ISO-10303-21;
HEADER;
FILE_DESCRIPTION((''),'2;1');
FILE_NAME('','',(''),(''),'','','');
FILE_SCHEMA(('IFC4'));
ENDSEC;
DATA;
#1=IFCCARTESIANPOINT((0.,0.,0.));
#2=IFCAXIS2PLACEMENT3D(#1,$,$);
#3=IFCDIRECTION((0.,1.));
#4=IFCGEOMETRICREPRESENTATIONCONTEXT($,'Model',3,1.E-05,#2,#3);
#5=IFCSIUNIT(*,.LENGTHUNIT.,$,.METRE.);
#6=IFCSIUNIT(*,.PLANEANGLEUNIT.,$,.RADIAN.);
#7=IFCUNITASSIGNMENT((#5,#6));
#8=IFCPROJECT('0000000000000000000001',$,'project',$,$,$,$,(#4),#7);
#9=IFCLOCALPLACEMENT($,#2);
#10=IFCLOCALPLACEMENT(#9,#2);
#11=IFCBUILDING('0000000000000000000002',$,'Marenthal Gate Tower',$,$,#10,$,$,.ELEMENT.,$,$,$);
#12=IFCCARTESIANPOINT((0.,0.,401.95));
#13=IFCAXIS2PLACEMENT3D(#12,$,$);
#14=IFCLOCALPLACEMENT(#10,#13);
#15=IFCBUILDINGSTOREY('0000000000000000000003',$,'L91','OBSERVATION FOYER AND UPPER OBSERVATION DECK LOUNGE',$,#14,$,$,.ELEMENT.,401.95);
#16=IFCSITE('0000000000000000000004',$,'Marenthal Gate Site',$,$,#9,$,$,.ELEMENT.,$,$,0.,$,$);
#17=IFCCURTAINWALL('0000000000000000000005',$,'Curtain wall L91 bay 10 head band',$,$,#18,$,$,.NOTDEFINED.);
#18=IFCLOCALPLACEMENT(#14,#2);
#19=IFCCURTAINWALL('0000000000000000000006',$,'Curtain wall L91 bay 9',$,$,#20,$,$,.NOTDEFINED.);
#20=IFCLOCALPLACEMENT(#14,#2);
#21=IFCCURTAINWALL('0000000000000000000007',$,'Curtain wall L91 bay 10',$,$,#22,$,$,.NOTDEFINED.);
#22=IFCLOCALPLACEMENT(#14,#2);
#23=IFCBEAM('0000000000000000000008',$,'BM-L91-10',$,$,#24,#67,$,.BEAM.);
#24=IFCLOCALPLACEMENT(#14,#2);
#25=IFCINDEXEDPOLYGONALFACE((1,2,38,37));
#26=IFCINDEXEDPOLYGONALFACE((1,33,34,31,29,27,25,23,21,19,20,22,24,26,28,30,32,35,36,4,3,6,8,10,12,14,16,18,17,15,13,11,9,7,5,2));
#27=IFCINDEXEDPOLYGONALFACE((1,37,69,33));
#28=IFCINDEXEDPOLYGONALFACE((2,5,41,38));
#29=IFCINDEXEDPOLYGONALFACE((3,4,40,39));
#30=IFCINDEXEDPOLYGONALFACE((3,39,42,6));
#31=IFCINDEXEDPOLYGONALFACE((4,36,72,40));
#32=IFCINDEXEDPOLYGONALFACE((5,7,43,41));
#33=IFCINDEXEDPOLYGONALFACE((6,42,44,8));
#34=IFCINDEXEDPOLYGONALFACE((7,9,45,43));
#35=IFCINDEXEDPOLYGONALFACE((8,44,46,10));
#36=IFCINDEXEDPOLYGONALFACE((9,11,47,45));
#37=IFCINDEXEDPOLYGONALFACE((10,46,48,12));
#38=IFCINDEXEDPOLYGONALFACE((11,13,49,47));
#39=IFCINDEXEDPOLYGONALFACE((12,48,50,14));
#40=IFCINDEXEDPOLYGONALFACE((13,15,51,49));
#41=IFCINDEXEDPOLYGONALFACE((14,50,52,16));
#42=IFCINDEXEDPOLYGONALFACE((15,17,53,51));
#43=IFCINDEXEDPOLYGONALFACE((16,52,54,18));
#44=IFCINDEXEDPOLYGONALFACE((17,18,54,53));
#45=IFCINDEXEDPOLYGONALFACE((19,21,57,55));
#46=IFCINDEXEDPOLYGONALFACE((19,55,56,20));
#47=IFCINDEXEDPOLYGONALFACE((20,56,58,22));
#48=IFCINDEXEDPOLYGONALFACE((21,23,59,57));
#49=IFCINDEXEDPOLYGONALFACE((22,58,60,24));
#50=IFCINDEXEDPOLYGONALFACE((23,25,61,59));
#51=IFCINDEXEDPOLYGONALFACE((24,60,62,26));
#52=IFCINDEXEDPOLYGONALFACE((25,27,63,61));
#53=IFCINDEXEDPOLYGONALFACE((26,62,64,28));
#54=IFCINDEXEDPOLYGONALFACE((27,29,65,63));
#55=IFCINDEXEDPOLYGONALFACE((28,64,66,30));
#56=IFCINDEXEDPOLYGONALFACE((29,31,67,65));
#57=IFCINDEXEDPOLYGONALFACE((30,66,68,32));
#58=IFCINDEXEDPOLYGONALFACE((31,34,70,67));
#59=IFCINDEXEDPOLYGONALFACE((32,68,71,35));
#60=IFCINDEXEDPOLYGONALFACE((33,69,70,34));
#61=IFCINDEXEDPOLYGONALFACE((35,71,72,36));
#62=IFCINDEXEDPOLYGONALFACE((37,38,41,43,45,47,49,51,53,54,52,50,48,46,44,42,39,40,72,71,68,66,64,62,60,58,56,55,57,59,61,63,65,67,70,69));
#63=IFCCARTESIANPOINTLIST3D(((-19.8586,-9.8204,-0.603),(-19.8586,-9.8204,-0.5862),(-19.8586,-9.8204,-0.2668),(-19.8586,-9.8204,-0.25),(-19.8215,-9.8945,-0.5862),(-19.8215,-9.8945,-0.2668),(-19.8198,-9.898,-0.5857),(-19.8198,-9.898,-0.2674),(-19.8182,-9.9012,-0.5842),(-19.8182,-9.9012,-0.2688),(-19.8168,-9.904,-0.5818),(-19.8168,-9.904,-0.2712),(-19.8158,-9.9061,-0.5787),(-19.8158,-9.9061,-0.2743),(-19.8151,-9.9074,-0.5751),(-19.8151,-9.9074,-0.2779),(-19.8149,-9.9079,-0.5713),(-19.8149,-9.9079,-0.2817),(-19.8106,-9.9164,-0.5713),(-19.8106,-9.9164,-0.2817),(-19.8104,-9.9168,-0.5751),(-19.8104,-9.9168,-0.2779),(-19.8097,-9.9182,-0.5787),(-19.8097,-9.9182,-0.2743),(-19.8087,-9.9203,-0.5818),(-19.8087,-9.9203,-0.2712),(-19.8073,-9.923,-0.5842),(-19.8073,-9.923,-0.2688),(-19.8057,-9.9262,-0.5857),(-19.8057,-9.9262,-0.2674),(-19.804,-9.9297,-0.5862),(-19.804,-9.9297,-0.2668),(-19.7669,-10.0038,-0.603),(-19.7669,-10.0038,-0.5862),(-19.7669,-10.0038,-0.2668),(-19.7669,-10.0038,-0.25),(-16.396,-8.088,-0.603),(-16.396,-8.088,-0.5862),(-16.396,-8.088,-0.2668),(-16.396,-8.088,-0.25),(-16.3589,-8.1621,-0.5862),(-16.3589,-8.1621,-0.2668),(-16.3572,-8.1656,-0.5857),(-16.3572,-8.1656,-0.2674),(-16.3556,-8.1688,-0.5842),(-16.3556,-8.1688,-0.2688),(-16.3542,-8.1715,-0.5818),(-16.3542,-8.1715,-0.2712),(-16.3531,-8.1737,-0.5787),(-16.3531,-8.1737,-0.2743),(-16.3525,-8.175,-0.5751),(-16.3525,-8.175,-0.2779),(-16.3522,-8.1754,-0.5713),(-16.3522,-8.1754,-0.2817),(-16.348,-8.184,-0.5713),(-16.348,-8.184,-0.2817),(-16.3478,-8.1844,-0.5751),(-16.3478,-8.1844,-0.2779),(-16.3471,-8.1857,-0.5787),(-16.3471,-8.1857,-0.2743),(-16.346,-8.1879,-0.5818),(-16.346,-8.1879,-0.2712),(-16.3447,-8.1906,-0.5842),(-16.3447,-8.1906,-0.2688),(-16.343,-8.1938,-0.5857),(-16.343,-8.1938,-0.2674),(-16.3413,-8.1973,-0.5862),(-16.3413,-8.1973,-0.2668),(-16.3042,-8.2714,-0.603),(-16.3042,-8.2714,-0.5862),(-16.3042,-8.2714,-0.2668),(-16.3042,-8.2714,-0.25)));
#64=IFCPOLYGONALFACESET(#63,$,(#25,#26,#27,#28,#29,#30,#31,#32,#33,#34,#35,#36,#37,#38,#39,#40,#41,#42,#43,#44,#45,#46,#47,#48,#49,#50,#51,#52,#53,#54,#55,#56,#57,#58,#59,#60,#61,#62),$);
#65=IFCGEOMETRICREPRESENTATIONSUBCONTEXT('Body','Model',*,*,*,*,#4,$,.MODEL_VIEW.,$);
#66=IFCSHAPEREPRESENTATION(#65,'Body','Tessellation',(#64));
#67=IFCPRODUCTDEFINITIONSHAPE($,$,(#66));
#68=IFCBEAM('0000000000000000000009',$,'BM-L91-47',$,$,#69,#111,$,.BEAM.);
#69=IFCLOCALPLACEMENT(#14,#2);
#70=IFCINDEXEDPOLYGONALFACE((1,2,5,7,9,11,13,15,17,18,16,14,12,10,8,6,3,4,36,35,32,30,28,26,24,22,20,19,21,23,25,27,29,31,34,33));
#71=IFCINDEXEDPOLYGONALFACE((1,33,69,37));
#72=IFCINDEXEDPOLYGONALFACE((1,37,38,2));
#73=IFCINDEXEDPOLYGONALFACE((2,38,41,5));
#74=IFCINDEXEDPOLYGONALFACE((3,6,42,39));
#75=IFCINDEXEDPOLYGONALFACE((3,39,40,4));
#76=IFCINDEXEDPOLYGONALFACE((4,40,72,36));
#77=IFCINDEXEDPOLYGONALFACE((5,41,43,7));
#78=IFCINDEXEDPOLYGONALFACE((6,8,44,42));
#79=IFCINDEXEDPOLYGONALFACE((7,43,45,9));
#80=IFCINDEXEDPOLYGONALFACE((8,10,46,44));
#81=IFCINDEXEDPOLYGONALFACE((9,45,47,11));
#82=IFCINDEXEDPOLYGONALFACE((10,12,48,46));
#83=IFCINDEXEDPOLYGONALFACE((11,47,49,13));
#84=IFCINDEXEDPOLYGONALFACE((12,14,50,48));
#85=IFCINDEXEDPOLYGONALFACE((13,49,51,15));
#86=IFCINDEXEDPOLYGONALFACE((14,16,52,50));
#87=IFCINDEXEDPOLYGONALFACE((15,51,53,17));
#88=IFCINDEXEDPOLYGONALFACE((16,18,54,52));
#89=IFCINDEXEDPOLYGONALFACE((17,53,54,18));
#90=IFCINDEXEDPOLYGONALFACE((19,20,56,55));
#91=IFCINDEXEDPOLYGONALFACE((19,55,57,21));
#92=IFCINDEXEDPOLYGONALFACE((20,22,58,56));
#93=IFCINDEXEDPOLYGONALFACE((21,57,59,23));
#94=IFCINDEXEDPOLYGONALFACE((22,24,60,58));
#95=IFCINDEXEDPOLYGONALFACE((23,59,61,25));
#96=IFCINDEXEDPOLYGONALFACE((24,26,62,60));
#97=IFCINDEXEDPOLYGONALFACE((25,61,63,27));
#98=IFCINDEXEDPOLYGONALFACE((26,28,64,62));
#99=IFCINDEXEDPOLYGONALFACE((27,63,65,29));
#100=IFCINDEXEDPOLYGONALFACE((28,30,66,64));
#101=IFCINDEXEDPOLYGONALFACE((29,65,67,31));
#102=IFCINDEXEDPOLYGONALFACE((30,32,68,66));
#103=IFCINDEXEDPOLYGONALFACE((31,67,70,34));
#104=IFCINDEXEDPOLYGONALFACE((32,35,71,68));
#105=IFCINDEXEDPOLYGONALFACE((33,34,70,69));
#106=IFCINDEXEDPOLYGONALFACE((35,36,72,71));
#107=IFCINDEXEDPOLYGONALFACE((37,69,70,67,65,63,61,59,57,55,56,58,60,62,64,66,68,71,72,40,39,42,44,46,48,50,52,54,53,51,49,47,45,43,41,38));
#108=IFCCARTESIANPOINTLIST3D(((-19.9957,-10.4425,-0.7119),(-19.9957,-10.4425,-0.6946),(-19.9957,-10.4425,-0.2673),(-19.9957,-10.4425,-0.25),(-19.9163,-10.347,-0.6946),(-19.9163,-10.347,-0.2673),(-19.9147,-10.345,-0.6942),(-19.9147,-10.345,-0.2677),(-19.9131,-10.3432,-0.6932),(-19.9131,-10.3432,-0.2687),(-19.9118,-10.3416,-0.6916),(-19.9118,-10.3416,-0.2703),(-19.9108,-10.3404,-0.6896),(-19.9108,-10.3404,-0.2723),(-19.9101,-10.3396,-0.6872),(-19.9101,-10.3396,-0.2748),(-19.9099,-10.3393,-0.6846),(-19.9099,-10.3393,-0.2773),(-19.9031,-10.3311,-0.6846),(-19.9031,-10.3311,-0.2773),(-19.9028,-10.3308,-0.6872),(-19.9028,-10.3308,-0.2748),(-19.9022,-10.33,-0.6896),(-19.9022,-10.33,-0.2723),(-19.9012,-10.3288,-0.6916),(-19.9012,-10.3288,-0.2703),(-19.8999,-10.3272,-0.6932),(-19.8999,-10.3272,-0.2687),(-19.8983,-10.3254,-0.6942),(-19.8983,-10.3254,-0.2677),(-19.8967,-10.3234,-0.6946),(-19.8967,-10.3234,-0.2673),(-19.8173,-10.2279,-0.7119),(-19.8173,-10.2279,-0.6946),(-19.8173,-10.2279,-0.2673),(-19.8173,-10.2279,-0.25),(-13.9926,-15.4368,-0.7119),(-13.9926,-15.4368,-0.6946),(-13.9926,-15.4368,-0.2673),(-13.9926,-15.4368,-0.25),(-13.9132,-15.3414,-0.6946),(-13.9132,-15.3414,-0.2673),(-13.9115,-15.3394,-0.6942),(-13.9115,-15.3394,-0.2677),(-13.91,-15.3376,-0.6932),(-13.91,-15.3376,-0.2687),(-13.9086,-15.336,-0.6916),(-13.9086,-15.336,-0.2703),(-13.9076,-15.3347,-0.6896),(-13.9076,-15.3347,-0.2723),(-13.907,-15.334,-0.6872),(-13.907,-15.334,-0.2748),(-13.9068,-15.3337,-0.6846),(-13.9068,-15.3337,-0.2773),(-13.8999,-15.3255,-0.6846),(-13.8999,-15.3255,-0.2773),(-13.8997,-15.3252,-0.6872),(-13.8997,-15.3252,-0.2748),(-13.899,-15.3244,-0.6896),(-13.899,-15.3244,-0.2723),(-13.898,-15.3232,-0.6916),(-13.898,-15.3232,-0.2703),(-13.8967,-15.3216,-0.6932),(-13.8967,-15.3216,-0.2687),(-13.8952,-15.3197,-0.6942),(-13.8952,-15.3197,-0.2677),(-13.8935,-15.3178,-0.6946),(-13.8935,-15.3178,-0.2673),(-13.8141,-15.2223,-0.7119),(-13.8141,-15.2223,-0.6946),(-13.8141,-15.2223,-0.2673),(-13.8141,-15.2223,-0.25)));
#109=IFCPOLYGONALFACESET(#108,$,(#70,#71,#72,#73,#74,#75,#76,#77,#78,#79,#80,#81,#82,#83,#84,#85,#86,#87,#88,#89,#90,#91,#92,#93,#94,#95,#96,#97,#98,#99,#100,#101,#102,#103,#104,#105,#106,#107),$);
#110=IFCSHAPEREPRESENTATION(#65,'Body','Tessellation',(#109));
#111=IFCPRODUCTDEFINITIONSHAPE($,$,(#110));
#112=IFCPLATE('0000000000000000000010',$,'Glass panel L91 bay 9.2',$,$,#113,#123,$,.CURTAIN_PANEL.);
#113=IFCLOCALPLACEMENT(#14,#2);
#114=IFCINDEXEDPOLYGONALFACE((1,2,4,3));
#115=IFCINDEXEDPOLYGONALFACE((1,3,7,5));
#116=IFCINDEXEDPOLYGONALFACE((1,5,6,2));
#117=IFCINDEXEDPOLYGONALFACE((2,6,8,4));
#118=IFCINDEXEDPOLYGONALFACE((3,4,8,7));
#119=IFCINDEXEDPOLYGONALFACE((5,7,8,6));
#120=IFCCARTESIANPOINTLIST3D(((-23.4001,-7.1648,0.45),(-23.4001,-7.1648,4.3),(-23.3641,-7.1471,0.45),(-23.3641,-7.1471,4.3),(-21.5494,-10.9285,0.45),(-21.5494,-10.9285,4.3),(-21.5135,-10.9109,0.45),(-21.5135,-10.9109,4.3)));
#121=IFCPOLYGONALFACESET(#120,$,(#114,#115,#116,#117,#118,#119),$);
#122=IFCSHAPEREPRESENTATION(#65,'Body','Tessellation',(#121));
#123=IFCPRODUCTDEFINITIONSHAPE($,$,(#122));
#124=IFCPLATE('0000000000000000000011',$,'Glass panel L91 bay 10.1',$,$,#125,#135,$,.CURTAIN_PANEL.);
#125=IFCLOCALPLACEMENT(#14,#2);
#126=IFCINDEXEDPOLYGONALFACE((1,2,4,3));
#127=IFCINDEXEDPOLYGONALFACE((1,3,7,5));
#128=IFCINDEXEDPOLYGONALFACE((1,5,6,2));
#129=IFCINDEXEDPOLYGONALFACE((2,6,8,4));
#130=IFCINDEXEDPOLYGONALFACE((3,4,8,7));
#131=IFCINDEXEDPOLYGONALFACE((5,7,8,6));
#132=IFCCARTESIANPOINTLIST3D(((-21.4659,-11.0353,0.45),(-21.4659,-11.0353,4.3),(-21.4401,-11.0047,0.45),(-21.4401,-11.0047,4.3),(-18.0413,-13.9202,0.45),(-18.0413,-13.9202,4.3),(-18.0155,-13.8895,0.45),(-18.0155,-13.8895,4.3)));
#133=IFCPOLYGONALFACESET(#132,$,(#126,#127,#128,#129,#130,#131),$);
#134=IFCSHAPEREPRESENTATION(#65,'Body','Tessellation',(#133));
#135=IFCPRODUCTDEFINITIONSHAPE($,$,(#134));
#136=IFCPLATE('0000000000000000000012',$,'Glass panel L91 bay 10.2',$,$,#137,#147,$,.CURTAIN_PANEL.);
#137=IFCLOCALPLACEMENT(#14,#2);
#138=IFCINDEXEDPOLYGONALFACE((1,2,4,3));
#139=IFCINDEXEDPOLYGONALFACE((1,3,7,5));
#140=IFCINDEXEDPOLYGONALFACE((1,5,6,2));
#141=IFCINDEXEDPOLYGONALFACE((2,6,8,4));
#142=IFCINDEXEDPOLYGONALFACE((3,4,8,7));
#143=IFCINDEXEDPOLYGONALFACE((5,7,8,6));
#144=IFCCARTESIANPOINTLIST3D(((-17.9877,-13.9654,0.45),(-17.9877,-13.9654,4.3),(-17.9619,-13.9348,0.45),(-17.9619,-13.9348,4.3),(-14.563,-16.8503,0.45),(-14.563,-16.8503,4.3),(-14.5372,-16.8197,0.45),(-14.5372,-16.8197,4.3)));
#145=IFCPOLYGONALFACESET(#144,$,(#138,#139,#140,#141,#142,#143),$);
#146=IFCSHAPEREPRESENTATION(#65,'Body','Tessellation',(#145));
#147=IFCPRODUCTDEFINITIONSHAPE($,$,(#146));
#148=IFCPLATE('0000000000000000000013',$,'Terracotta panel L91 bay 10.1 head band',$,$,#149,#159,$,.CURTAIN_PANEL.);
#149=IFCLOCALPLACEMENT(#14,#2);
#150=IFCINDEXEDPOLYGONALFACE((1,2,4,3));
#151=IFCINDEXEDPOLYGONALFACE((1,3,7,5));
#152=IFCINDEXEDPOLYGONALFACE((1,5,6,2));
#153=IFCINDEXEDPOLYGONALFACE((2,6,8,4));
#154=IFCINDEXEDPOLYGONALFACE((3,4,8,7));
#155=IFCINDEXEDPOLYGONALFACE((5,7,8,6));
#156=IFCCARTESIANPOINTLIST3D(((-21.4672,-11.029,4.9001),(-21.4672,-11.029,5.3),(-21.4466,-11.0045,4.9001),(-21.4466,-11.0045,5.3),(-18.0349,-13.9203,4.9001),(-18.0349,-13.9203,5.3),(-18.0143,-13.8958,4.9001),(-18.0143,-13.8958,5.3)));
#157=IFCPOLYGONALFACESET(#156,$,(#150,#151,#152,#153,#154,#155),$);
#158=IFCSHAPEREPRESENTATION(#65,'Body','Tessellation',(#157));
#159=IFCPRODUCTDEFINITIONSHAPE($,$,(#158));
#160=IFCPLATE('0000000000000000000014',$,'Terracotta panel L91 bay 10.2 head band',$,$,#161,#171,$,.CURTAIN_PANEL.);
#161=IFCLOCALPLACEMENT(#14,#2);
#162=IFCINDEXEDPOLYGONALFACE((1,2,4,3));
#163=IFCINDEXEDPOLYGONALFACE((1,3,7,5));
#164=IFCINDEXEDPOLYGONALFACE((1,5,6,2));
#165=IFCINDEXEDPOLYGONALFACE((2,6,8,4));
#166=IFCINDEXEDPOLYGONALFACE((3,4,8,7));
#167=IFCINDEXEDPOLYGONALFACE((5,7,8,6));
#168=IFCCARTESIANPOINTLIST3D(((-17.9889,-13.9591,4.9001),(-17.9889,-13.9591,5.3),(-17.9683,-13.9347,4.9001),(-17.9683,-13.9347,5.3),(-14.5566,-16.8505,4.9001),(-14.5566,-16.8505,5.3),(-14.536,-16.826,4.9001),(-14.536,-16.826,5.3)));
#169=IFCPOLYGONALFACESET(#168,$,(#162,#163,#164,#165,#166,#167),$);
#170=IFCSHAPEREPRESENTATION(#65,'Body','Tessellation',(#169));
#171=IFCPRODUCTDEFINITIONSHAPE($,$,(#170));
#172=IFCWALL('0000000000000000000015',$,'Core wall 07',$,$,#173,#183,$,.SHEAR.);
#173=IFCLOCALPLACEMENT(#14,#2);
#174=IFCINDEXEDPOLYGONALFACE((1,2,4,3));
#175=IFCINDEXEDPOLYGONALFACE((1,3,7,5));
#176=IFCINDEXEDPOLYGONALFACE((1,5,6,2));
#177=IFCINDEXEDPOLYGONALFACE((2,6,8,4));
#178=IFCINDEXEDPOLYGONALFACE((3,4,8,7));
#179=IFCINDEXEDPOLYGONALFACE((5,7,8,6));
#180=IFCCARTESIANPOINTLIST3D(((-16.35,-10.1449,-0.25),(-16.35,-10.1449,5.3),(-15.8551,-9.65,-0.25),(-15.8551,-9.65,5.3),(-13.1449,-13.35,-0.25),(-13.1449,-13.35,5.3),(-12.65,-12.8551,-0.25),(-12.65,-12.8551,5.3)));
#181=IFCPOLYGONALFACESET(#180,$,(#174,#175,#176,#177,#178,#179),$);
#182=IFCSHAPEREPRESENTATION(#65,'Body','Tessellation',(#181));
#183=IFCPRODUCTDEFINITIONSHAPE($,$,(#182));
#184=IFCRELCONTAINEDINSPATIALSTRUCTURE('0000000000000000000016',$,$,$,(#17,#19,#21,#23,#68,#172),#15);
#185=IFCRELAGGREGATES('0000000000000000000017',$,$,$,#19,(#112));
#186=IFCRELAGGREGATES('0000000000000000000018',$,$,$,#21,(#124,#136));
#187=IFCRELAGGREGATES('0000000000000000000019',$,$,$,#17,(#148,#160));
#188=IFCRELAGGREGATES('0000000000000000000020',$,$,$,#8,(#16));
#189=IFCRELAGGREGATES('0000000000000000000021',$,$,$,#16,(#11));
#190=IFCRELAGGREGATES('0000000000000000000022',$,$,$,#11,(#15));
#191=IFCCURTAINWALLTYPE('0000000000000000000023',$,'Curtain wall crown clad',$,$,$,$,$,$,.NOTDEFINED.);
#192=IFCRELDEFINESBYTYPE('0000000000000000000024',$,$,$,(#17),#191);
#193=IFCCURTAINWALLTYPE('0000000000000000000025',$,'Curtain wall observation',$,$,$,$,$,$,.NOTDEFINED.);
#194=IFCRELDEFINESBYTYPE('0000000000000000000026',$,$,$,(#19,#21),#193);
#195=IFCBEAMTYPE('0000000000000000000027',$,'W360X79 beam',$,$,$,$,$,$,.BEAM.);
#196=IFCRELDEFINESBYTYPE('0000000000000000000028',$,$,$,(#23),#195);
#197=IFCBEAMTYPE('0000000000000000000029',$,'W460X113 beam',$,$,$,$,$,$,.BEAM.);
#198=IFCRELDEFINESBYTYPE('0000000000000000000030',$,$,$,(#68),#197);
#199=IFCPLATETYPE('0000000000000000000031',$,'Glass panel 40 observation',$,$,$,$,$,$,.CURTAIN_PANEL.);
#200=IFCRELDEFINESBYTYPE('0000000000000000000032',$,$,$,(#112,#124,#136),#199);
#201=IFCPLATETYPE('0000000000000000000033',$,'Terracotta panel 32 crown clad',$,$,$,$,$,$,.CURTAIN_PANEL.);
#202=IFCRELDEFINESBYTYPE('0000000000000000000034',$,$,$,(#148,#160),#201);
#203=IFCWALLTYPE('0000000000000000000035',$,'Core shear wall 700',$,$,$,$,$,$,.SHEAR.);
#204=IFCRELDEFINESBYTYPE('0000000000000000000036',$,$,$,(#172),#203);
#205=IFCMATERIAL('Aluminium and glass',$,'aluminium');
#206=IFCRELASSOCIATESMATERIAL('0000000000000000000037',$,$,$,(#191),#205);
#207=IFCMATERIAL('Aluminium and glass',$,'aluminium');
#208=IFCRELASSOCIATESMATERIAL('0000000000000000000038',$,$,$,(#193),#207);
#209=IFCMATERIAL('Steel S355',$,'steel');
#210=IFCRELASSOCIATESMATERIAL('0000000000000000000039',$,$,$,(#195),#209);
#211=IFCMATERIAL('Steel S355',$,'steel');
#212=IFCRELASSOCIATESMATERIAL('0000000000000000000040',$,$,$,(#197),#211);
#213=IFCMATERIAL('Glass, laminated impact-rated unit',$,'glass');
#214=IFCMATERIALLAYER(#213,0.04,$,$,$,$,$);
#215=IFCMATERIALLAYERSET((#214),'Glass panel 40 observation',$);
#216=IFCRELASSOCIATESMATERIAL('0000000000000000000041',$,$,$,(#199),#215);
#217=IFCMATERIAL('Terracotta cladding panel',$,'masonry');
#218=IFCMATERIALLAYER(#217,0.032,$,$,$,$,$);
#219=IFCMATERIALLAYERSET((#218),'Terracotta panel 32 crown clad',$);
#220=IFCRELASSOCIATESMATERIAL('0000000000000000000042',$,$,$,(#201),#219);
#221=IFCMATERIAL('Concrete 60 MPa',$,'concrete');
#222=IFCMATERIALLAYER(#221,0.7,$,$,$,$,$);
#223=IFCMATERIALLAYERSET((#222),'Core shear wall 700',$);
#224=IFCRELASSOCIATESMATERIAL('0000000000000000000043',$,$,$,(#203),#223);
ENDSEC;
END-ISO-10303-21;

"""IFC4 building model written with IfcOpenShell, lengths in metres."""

from ifc_helpers import new_model, si_unit, direction, frame, frame_2d, origin, origin_2d, place, context, subcontext, project, spatial, rectangle, i_section, extrude, material, layer, layer_set, material_profile, profile_set, type_object, element, aggregate, save


model = new_model("IFC4")

# Units and contexts
model_context = context("Model", 3, precision=1e-05, world=origin(), true_north=direction((0.0, 1.0)))
body_context = subcontext(model_context, "Body", "Model", "MODEL_VIEW")
ifc_project = project(units=[si_unit("LENGTHUNIT", "METRE"), si_unit("PLANEANGLEUNIT", "RADIAN")], contexts=[model_context])

# Site, building, storey
site_placement = place(None, origin())
site = spatial("IfcSite", under=ifc_project, at=site_placement, Name="Marenthal Gate Site", CompositionType="ELEMENT", RefElevation=0.0)
building_placement = place(site_placement, origin())
building = spatial("IfcBuilding", under=site, at=building_placement, Name="Marenthal Gate Tower", CompositionType="ELEMENT")
storey_placement = place(building_placement, frame((0.0, 0.0, 401.95)))
storey = spatial("IfcBuildingStorey", under=building, at=storey_placement, Name="L91", Description="OBSERVATION FOYER AND UPPER OBSERVATION DECK LOUNGE", CompositionType="ELEMENT", Elevation=401.95)

# Shared definitions
ifc_material_1 = material(Name="Aluminium and glass", Category="aluminium")
curtain_wall_type_1 = type_object("IfcCurtainWallType", Name="Curtain wall crown clad", PredefinedType="NOTDEFINED", material=ifc_material_1)

# Curtain wall
curtain_wall_1_placement = place(storey_placement, origin())
curtain_wall_1 = element("IfcCurtainWall", 1, at=curtain_wall_1_placement, inside=storey, type_object=curtain_wall_type_1, Name="Curtain wall L91 bay 10 head band", PredefinedType="NOTDEFINED")

# Curtain wall
ifc_material_2 = material(Name="Aluminium and glass", Category="aluminium")
curtain_wall_type_2 = type_object("IfcCurtainWallType", Name="Curtain wall observation", PredefinedType="NOTDEFINED", material=ifc_material_2)
curtain_wall_2_placement = place(storey_placement, origin())
curtain_wall_2 = element("IfcCurtainWall", 2, at=curtain_wall_2_placement, inside=storey, type_object=curtain_wall_type_2, Name="Curtain wall L91 bay 9", PredefinedType="NOTDEFINED")

# Curtain wall
curtain_wall_3_placement = place(storey_placement, origin())
curtain_wall_3 = element("IfcCurtainWall", 3, at=curtain_wall_3_placement, inside=storey, type_object=curtain_wall_type_2, Name="Curtain wall L91 bay 10", PredefinedType="NOTDEFINED")

# Beams
ifc_material_3 = material(Name="Steel S355", Category="steel")
ifc_material_profile_1 = material_profile(ifc_material_3, i_section(OverallWidth=0.2051, OverallDepth=0.353, WebThickness=0.0095, FlangeThickness=0.0168, FilletRadius=0.0149, at=origin_2d()), Name="W360X79")
ifc_profile_set_1 = profile_set([ifc_material_profile_1], Name="Steel S355")
beam_type_1 = type_object("IfcBeamType", Name="W360X79 beam", PredefinedType="BEAM", material=ifc_profile_set_1)
beam_1_placement = place(storey_placement, frame((-19.8127, -9.9121, -0.4265), z_axis=(0.894314, 0.447441, 0.0), x_axis=(-0.447441, 0.894314, 0.0)))
element("IfcBeam", 4, at=beam_1_placement, inside=storey, type_object=beam_type_1, Name="BM-L91-10", PredefinedType="BEAM", context=body_context, shape_type="SweptSolid", body=[
    extrude(i_section(OverallWidth=0.2051, OverallDepth=0.353, WebThickness=0.0095, FlangeThickness=0.0168, FilletRadius=0.0149, at=origin_2d()), origin(), (0.0, 0.0, 1.0), 3.8718),
])
ifc_material_4 = material(Name="Steel S355", Category="steel")
ifc_material_profile_2 = material_profile(ifc_material_4, i_section(OverallWidth=0.2791, OverallDepth=0.4619, WebThickness=0.0107, FlangeThickness=0.0173, FilletRadius=0.01, at=origin_2d()), Name="W460X113")
ifc_profile_set_2 = profile_set([ifc_material_profile_2], Name="Steel S355")
beam_type_2 = type_object("IfcBeamType", Name="W460X113 beam", PredefinedType="BEAM", material=ifc_profile_set_2)
beam_2_placement = place(storey_placement, frame((-19.9065, -10.3352, -0.481), z_axis=(0.768741, -0.63956, 0.0), x_axis=(0.63956, 0.768741, 0.0)))
element("IfcBeam", 5, at=beam_2_placement, inside=storey, type_object=beam_type_2, Name="BM-L91-47", PredefinedType="BEAM", context=body_context, shape_type="SweptSolid", body=[
    extrude(i_section(OverallWidth=0.2791, OverallDepth=0.4619, WebThickness=0.0107, FlangeThickness=0.0173, FilletRadius=0.01, at=origin_2d()), origin(), (0.0, 0.0, 1.0), 7.8091),
])

# Plates
ifc_material_5 = material(Name="Glass, laminated impact-rated unit", Category="glass")
ifc_layer_1 = layer(ifc_material_5, 0.04)
ifc_layer_set_1 = layer_set([ifc_layer_1], Name="Glass panel 40 observation")
plate_type_1 = type_object("IfcPlateType", Name="Glass panel 40 observation", PredefinedType="CURTAIN_PANEL", material=ifc_layer_set_1)
plate_1_placement = place(storey_placement, frame((-22.4568, -9.0378, 0.45), z_axis=(0.0, 0.0, 1.0), x_axis=(0.441247, -0.897386, 0.0)))
plate_1 = element("IfcPlate", 6, at=plate_1_placement, type_object=plate_type_1, Name="Glass panel L91 bay 9.2", PredefinedType="CURTAIN_PANEL", context=body_context, shape_type="SweptSolid", body=[
    extrude(rectangle(XDim=4.1941, YDim=0.04, at=origin_2d()), origin(), (0.0, 0.0, 1.0), 3.8501),
])
aggregate(curtain_wall_2, [plate_1])
plate_2_placement = place(storey_placement, frame((-19.7407, -12.4624, 0.45), z_axis=(0.0, 0.0, 1.0), x_axis=(0.764802, -0.644265, 0.0)))
plate_2 = element("IfcPlate", 7, at=plate_2_placement, type_object=plate_type_1, Name="Glass panel L91 bay 10.1", PredefinedType="CURTAIN_PANEL", context=body_context, shape_type="SweptSolid", body=[
    extrude(rectangle(XDim=4.4778, YDim=0.04, at=origin_2d()), origin(), (0.0, 0.0, 1.0), 3.8501),
])
plate_3_placement = place(storey_placement, frame((-16.2625, -15.3926, 0.45), z_axis=(0.0, 0.0, 1.0), x_axis=(0.764802, -0.644265, 0.0)))
plate_3 = element("IfcPlate", 8, at=plate_3_placement, type_object=plate_type_1, Name="Glass panel L91 bay 10.2", PredefinedType="CURTAIN_PANEL", context=body_context, shape_type="SweptSolid", body=[
    extrude(rectangle(XDim=4.4778, YDim=0.04, at=origin_2d()), origin(), (0.0, 0.0, 1.0), 3.8501),
])
aggregate(curtain_wall_3, [plate_2, plate_3])
ifc_material_6 = material(Name="Terracotta cladding panel", Category="masonry")
ifc_layer_2 = layer(ifc_material_6, 0.032)
ifc_layer_set_2 = layer_set([ifc_layer_2], Name="Terracotta panel 32 crown clad")
plate_type_2 = type_object("IfcPlateType", Name="Terracotta panel 32 crown clad", PredefinedType="CURTAIN_PANEL", material=ifc_layer_set_2)
plate_4_placement = place(storey_placement, frame((-19.7407, -12.4624, 4.9001), z_axis=(0.0, 0.0, 1.0), x_axis=(0.764802, -0.644265, 0.0)))
plate_4 = element("IfcPlate", 9, at=plate_4_placement, type_object=plate_type_2, Name="Terracotta panel L91 bay 10.1 head band", PredefinedType="CURTAIN_PANEL", context=body_context, shape_type="SweptSolid", body=[
    extrude(rectangle(XDim=4.4878, YDim=0.032, at=origin_2d()), origin(), (0.0, 0.0, 1.0), 0.3999),
])
plate_5_placement = place(storey_placement, frame((-16.2625, -15.3926, 4.9001), z_axis=(0.0, 0.0, 1.0), x_axis=(0.764802, -0.644265, 0.0)))
plate_5 = element("IfcPlate", 10, at=plate_5_placement, type_object=plate_type_2, Name="Terracotta panel L91 bay 10.2 head band", PredefinedType="CURTAIN_PANEL", context=body_context, shape_type="SweptSolid", body=[
    extrude(rectangle(XDim=4.4878, YDim=0.032, at=origin_2d()), origin(), (0.0, 0.0, 1.0), 0.3999),
])
aggregate(curtain_wall_1, [plate_4, plate_5])

# Wall
ifc_material_7 = material(Name="Concrete 60 MPa", Category="concrete")
ifc_layer_3 = layer(ifc_material_7, 0.7)
ifc_layer_set_3 = layer_set([ifc_layer_3], Name="Core shear wall 700")
wall_type_1 = type_object("IfcWallType", Name="Core shear wall 700", PredefinedType="SHEAR", material=ifc_layer_set_3)
wall_1_placement = place(storey_placement, frame((-16.1025, -9.8975, -0.25), z_axis=(0.0, 0.0, 1.0), x_axis=(0.707107, -0.707107, 0.0)))
element("IfcWall", 11, at=wall_1_placement, inside=storey, type_object=wall_type_1, Name="Core wall 07", PredefinedType="SHEAR", context=body_context, shape_type="SweptSolid", body=[
    extrude(rectangle(XDim=4.5327, YDim=0.7, at=frame_2d((2.2664, 0.0))), origin(), (0.0, 0.0, 1.0), 5.55),
])

save(model, "model.ifc")
